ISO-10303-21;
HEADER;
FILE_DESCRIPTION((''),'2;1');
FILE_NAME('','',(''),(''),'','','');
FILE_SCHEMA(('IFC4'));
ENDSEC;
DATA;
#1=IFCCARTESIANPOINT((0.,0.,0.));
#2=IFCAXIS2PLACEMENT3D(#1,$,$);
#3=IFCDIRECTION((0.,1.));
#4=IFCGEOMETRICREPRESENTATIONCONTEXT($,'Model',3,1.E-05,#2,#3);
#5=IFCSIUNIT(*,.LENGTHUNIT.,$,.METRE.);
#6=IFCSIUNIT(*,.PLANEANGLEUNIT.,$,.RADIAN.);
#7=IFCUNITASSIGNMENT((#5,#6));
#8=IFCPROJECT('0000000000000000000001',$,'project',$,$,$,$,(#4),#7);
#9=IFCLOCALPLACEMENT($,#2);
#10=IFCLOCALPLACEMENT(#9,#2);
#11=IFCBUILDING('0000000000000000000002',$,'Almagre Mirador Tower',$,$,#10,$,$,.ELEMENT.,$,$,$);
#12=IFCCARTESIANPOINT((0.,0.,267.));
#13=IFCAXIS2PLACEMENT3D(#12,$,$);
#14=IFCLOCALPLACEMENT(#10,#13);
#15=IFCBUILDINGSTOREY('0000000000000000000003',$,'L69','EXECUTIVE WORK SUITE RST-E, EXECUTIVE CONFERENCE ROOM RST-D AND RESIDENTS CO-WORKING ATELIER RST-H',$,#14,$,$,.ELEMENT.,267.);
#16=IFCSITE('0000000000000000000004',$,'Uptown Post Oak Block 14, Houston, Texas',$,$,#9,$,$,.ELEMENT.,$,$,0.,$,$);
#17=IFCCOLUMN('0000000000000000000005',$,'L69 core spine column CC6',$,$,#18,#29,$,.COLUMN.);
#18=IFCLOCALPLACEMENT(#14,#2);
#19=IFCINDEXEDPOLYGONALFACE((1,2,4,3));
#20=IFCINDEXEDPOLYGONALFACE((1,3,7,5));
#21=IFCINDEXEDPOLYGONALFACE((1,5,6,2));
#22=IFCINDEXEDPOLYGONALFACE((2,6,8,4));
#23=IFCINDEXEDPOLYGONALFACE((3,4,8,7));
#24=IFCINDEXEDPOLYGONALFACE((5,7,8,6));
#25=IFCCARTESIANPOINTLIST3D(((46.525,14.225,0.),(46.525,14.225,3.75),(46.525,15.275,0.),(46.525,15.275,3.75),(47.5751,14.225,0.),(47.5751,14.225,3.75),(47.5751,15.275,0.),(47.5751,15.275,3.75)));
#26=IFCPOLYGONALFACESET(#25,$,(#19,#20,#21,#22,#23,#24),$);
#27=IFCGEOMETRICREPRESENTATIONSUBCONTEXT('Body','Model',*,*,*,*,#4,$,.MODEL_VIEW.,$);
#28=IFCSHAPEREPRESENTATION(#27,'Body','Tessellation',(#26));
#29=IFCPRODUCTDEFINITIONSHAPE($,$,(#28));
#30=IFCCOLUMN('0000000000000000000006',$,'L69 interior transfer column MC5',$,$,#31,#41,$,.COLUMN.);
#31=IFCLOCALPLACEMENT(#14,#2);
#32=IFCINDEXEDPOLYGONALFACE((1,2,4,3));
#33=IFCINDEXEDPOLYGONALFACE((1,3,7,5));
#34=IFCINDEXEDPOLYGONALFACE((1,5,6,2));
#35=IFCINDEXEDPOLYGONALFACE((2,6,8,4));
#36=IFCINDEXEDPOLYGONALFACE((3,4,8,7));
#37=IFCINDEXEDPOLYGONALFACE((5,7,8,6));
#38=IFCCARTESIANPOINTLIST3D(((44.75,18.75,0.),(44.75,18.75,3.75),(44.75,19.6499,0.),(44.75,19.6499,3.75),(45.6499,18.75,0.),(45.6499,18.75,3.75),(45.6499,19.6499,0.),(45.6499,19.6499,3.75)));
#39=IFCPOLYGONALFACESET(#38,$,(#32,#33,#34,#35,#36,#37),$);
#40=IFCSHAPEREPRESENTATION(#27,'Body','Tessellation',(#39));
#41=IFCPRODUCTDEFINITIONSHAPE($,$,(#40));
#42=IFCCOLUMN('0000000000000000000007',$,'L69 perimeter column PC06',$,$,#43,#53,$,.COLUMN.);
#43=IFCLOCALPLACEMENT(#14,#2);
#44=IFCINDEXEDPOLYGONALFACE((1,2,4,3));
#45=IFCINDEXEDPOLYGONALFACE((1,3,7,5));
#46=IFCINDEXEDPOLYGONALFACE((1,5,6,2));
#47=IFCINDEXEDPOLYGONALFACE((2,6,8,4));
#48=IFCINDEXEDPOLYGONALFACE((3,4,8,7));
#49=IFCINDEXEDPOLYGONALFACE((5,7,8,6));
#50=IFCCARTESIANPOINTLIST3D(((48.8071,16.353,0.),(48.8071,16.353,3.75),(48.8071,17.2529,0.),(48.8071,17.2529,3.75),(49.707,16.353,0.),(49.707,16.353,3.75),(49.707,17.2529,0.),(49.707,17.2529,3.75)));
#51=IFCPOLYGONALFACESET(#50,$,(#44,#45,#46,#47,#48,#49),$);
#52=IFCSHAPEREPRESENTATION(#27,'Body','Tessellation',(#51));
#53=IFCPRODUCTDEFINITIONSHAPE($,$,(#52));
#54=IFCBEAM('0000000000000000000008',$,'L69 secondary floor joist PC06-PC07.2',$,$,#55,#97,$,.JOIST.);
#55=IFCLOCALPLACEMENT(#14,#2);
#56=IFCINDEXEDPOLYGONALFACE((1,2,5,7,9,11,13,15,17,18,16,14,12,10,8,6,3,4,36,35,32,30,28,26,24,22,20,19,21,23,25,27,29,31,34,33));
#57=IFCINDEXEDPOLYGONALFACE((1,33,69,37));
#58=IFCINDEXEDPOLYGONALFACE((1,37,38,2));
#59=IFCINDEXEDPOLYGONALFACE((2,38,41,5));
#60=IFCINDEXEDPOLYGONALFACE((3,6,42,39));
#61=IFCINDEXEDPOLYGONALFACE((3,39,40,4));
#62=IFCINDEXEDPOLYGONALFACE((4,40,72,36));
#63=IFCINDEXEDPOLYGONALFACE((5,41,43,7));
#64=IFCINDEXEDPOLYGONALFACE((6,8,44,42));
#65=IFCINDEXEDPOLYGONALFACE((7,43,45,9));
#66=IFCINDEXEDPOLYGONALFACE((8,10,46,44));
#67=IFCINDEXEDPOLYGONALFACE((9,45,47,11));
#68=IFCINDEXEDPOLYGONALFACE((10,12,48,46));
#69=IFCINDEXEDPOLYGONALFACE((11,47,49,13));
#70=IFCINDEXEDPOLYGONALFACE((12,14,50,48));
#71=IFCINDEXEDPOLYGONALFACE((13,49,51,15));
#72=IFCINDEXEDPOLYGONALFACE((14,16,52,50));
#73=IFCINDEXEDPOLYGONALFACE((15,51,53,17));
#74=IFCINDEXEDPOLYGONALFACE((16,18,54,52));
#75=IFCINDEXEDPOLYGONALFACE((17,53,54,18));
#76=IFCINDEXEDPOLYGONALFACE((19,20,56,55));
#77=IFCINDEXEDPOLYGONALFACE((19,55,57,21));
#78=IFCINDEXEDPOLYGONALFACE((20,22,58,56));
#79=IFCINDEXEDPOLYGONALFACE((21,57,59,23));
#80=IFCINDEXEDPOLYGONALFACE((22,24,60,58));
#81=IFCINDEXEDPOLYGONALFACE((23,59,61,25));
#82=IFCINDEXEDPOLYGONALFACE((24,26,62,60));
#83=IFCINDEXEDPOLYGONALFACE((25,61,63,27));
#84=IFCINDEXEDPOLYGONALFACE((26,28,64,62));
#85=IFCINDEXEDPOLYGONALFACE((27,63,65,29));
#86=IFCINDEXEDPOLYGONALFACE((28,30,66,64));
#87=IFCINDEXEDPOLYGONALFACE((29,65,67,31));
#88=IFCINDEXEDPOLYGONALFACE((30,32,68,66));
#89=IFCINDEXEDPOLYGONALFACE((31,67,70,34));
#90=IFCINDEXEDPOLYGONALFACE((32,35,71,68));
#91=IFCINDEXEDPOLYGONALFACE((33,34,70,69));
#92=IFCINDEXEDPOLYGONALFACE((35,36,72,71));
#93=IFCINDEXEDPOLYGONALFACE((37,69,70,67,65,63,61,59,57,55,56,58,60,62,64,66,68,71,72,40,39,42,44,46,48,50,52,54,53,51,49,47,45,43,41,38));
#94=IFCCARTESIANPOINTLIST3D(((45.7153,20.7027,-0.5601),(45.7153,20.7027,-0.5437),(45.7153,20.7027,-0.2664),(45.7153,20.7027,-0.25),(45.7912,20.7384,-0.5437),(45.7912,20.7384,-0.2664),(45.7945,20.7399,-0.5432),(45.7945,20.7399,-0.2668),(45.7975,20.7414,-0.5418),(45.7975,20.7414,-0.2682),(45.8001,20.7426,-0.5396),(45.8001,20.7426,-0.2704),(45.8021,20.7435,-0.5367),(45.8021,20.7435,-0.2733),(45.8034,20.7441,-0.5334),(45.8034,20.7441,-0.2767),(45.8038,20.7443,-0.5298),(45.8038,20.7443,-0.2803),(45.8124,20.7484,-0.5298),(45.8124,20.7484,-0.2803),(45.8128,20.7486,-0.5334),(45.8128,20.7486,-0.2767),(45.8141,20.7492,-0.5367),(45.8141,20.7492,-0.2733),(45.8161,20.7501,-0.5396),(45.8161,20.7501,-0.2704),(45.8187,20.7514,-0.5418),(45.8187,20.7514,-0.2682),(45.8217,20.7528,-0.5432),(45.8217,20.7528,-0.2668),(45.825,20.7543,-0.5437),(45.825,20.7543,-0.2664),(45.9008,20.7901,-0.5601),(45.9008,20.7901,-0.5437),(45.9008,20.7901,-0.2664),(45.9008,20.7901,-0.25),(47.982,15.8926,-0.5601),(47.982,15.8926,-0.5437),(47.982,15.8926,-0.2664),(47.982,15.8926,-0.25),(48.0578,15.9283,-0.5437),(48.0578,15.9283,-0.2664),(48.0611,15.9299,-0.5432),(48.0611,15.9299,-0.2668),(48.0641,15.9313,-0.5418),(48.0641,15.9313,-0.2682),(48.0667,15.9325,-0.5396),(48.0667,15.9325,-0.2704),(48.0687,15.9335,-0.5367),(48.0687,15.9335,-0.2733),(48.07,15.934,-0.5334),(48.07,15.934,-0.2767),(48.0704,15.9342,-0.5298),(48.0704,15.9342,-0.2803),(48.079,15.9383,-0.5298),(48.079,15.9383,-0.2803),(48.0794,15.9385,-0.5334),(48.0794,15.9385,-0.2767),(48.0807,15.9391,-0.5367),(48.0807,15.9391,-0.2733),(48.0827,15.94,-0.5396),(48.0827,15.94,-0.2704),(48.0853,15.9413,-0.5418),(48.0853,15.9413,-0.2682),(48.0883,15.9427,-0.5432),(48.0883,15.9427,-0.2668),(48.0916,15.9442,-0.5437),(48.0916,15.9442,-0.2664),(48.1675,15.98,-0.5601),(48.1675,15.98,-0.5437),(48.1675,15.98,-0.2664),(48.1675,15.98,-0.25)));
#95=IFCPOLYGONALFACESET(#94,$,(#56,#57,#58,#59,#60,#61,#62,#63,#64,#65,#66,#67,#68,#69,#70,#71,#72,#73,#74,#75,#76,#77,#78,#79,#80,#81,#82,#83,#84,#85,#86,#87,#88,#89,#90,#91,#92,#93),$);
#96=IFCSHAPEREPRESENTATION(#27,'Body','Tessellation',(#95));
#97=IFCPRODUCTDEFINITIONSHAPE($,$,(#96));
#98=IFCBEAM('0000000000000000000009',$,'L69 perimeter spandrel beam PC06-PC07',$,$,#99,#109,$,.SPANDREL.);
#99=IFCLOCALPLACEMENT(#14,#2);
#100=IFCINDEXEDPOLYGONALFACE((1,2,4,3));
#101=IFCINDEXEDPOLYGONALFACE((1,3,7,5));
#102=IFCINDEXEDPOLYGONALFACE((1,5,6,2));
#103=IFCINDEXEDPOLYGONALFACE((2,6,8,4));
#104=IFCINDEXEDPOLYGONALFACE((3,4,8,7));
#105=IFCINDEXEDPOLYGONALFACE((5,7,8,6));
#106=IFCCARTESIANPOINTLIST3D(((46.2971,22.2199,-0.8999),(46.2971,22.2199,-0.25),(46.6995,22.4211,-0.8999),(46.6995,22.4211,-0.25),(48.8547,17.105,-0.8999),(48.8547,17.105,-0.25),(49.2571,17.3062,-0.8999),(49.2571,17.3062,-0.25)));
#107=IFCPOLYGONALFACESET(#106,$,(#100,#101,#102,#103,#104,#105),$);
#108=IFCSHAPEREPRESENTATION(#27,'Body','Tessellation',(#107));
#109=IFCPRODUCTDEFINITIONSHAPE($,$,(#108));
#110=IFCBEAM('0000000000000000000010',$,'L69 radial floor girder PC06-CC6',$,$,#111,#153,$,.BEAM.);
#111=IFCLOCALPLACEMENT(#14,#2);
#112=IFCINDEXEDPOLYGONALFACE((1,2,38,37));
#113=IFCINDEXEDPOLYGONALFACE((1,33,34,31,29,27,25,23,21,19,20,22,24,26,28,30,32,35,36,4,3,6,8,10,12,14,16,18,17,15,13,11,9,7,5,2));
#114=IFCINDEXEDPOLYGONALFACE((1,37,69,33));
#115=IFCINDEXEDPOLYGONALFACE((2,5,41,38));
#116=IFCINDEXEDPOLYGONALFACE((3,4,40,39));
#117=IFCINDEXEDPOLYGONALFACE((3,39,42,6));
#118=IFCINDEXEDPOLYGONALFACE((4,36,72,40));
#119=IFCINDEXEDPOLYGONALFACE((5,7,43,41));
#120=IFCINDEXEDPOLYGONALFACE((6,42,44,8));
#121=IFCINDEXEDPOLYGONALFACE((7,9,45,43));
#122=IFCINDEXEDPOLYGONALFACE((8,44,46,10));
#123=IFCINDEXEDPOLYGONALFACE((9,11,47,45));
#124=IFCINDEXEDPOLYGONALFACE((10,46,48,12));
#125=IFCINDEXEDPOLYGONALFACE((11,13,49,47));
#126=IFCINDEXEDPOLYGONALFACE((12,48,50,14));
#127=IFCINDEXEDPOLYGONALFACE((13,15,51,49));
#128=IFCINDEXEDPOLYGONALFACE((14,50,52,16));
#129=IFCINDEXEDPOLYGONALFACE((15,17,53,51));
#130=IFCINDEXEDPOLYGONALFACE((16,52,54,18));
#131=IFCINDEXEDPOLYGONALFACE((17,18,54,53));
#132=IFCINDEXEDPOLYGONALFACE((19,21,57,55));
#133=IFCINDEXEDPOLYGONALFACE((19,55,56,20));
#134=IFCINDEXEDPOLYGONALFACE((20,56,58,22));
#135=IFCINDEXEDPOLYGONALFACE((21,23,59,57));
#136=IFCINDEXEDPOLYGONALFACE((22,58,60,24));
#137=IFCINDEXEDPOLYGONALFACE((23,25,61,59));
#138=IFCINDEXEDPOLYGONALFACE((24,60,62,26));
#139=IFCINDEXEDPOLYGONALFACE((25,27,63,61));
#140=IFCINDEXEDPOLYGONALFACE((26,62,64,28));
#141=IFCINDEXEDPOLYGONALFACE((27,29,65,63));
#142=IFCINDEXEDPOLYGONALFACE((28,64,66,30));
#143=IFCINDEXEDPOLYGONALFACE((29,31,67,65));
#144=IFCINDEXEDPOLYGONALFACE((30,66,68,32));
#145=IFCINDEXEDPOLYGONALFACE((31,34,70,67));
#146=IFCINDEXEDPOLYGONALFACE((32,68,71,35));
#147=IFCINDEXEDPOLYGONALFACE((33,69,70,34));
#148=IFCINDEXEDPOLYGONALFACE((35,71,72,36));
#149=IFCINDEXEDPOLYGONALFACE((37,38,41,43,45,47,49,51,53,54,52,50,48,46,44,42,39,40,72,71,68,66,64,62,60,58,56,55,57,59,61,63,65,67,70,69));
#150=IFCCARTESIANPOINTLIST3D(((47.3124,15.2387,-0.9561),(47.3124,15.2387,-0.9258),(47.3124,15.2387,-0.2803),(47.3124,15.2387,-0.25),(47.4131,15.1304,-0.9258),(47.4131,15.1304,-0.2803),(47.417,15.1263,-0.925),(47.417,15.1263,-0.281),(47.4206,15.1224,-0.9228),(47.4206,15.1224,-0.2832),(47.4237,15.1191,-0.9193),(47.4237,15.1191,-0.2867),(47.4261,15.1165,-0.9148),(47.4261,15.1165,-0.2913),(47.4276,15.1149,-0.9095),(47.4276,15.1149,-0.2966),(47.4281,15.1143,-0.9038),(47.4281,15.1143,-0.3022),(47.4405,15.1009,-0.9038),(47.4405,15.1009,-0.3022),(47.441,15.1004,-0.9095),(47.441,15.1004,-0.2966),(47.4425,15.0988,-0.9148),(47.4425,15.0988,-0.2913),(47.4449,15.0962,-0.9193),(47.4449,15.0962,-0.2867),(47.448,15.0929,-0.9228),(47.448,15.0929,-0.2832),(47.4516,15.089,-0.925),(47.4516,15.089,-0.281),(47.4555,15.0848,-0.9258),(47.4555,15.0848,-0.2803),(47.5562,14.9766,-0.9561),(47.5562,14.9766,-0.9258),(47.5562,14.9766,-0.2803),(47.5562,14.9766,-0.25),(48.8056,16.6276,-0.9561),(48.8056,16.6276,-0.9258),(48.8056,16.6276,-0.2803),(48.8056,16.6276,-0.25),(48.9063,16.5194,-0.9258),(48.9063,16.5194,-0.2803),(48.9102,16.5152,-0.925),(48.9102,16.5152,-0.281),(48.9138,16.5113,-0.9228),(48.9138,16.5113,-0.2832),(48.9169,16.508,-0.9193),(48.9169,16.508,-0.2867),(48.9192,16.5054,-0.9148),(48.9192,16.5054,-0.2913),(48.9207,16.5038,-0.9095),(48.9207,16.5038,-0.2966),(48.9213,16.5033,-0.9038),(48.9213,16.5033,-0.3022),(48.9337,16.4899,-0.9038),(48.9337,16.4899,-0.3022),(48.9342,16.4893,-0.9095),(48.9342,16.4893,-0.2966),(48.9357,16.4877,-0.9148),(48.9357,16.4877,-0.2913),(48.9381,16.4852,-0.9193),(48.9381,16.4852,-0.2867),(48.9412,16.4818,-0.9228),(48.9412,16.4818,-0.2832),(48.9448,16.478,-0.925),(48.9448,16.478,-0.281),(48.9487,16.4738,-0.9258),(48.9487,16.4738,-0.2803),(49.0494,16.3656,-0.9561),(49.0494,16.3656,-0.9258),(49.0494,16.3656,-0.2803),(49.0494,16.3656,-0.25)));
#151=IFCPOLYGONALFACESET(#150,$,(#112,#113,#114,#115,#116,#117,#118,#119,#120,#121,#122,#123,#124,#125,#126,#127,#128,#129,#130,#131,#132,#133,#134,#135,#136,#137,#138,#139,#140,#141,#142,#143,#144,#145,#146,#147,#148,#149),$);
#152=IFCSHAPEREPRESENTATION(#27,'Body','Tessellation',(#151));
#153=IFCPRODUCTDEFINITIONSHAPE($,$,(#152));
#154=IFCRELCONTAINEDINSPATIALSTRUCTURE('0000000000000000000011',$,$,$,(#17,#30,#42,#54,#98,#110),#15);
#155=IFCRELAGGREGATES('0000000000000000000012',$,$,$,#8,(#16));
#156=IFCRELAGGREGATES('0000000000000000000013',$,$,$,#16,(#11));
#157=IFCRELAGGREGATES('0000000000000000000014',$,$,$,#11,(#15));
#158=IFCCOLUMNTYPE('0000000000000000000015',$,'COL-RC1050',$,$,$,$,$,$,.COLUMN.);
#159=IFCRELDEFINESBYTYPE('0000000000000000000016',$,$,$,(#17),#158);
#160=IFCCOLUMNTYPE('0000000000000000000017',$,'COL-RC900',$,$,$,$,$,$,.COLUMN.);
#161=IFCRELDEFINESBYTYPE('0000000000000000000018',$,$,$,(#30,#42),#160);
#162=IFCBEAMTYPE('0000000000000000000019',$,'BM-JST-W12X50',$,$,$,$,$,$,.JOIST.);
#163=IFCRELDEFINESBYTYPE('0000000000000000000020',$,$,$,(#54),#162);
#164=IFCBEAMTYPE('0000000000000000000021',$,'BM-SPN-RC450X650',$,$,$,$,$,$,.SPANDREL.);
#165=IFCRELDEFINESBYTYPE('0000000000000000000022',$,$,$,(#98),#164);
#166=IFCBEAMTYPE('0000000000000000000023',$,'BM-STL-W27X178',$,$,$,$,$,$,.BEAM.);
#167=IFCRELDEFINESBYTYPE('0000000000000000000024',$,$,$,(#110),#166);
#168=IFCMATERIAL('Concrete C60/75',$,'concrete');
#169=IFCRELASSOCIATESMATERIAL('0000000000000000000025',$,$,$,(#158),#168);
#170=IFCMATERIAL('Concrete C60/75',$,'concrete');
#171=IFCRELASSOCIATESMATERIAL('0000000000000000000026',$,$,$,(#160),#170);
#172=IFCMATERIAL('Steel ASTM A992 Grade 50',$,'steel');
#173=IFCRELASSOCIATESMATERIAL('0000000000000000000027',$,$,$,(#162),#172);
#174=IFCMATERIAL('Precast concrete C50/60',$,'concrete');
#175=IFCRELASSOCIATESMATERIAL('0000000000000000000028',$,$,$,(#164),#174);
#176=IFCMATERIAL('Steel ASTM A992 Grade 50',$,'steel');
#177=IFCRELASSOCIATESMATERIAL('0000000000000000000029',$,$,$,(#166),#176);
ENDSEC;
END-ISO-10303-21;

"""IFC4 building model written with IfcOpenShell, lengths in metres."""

from ifc_helpers import new_model, si_unit, direction, frame, origin, origin_2d, place, context, subcontext, project, spatial, rectangle, i_section, extrude, material, material_profile, profile_set, type_object, element, save


model = new_model("IFC4")

# Units and contexts
model_context = context("Model", 3, precision=1e-05, world=origin(), true_north=direction((0.0, 1.0)))
body_context = subcontext(model_context, "Body", "Model", "MODEL_VIEW")
ifc_project = project(units=[si_unit("LENGTHUNIT", "METRE"), si_unit("PLANEANGLEUNIT", "RADIAN")], contexts=[model_context])

# Site, building, storey
site_placement = place(None, origin())
site = spatial("IfcSite", under=ifc_project, at=site_placement, Name="Uptown Post Oak Block 14, Houston, Texas", CompositionType="ELEMENT", RefElevation=0.0)
building_placement = place(site_placement, origin())
building = spatial("IfcBuilding", under=site, at=building_placement, Name="Almagre Mirador Tower", CompositionType="ELEMENT")
storey_placement = place(building_placement, frame((0.0, 0.0, 267.0)))
storey = spatial("IfcBuildingStorey", under=building, at=storey_placement, Name="L69", Description="EXECUTIVE WORK SUITE RST-E, EXECUTIVE CONFERENCE ROOM RST-D AND RESIDENTS CO-WORKING ATELIER RST-H", CompositionType="ELEMENT", Elevation=267.0)

# Columns
ifc_material_1 = material(Name="Concrete C60/75", Category="concrete")
ifc_material_profile_1 = material_profile(ifc_material_1, rectangle(XDim=1.05, YDim=1.05, at=origin_2d()), Name="RC1050X1050")
ifc_profile_set_1 = profile_set([ifc_material_profile_1], Name="Concrete C60/75")
column_type_1 = type_object("IfcColumnType", Name="COL-RC1050", PredefinedType="COLUMN", material=ifc_profile_set_1)
column_placement = place(storey_placement, frame((47.05, 14.75, 0.0), z_axis=(0.0, 0.0, 1.0), x_axis=(1.0, 0.0, 0.0)))
element("IfcColumn", 1, at=column_placement, inside=storey, type_object=column_type_1, Name="L69 core spine column CC6", PredefinedType="COLUMN", context=body_context, shape_type="SweptSolid", body=[
    extrude(rectangle(XDim=1.05, YDim=1.05, at=origin_2d()), origin(), (0.0, 0.0, 1.0), 3.75),
])
ifc_material_2 = material(Name="Concrete C60/75", Category="concrete")
ifc_material_profile_2 = material_profile(ifc_material_2, rectangle(XDim=0.8999, YDim=0.8999, at=origin_2d()), Name="RC900X900")
ifc_profile_set_2 = profile_set([ifc_material_profile_2], Name="Concrete C60/75")
column_type_2 = type_object("IfcColumnType", Name="COL-RC900", PredefinedType="COLUMN", material=ifc_profile_set_2)
for number, where, z_axis, x_axis, name in (
    (2, (45.2, 19.2, 0.0), (0.0, 0.0, 1.0), (1.0, 0.0, 0.0), "L69 interior transfer column MC5"),
    (3, (49.2571, 16.803, 0.0), (0.0, 0.0, 1.0), (1.0, 0.0, 0.0), "L69 perimeter column PC06"),
):
    element("IfcColumn", number, at=place(storey_placement, frame(where, z_axis=z_axis, x_axis=x_axis)), inside=storey, type_object=column_type_2, Name=name, PredefinedType="COLUMN", context=body_context, shape_type="SweptSolid", body=[
        extrude(rectangle(XDim=0.8999, YDim=0.8999, at=origin_2d()), origin(), (0.0, 0.0, 1.0), 3.75),
    ])

# Beams
ifc_material_3 = material(Name="Steel ASTM A992 Grade 50", Category="steel")
ifc_material_profile_3 = material_profile(ifc_material_3, i_section(OverallWidth=0.2051, OverallDepth=0.3101, WebThickness=0.0095, FlangeThickness=0.0164, FilletRadius=0.0139, at=origin_2d()), Name="W12X50")
ifc_profile_set_3 = profile_set([ifc_material_profile_3], Name="Steel ASTM A992 Grade 50")
beam_type_1 = type_object("IfcBeamType", Name="BM-JST-W12X50", PredefinedType="JOIST", material=ifc_profile_set_3)
beam_1_placement = place(storey_placement, frame((48.0747, 15.9363, -0.405), z_axis=(-0.426266, 0.904598, 0.0), x_axis=(-0.904598, -0.426266, 0.0)))
element("IfcBeam", 4, at=beam_1_placement, inside=storey, type_object=beam_type_1, Name="L69 secondary floor joist PC06-PC07.2", PredefinedType="JOIST", context=body_context, shape_type="SweptSolid", body=[
    extrude(i_section(OverallWidth=0.2051, OverallDepth=0.3101, WebThickness=0.0095, FlangeThickness=0.0164, FilletRadius=0.0139, at=origin_2d()), origin(), (0.0, 0.0, 1.0), 5.3174),
])
ifc_material_4 = material(Name="Precast concrete C50/60", Category="concrete")
ifc_material_profile_4 = material_profile(ifc_material_4, rectangle(XDim=0.45, YDim=0.6499, at=origin_2d()), Name="RC450X650")
ifc_profile_set_4 = profile_set([ifc_material_profile_4], Name="Precast concrete C50/60")
beam_type_2 = type_object("IfcBeamType", Name="BM-SPN-RC450X650", PredefinedType="SPANDREL", material=ifc_profile_set_4)
beam_2_placement = place(storey_placement, frame((49.0559, 17.2056, -0.575), z_axis=(-0.447231, 0.894419, 0.0), x_axis=(-0.894419, -0.447231, 0.0)))
element("IfcBeam", 5, at=beam_2_placement, inside=storey, type_object=beam_type_2, Name="L69 perimeter spandrel beam PC06-PC07", PredefinedType="SPANDREL", context=body_context, shape_type="SweptSolid", body=[
    extrude(rectangle(XDim=0.45, YDim=0.6499, at=origin_2d()), origin(), (0.0, 0.0, 1.0), 5.7188),
])
ifc_material_5 = material(Name="Steel ASTM A992 Grade 50", Category="steel")
ifc_material_profile_5 = material_profile(ifc_material_5, i_section(OverallWidth=0.3579, OverallDepth=0.7061, WebThickness=0.0183, FlangeThickness=0.0303, FilletRadius=0.022, at=origin_2d()), Name="W27X178")
ifc_profile_set_5 = profile_set([ifc_material_profile_5], Name="Steel ASTM A992 Grade 50")
beam_type_3 = type_object("IfcBeamType", Name="BM-STL-W27X178", PredefinedType="BEAM", material=ifc_profile_set_5)
beam_3_placement = place(storey_placement, frame((48.9275, 16.4966, -0.603), z_axis=(-0.732205, -0.681085, 0.0), x_axis=(0.681085, -0.732205, 0.0)))
element("IfcBeam", 6, at=beam_3_placement, inside=storey, type_object=beam_type_3, Name="L69 radial floor girder PC06-CC6", PredefinedType="BEAM", context=body_context, shape_type="SweptSolid", body=[
    extrude(i_section(OverallWidth=0.3579, OverallDepth=0.7061, WebThickness=0.0183, FlangeThickness=0.0303, FilletRadius=0.022, at=origin_2d()), origin(), (0.0, 0.0, 1.0), 2.0393),
])

save(model, "model.ifc")
